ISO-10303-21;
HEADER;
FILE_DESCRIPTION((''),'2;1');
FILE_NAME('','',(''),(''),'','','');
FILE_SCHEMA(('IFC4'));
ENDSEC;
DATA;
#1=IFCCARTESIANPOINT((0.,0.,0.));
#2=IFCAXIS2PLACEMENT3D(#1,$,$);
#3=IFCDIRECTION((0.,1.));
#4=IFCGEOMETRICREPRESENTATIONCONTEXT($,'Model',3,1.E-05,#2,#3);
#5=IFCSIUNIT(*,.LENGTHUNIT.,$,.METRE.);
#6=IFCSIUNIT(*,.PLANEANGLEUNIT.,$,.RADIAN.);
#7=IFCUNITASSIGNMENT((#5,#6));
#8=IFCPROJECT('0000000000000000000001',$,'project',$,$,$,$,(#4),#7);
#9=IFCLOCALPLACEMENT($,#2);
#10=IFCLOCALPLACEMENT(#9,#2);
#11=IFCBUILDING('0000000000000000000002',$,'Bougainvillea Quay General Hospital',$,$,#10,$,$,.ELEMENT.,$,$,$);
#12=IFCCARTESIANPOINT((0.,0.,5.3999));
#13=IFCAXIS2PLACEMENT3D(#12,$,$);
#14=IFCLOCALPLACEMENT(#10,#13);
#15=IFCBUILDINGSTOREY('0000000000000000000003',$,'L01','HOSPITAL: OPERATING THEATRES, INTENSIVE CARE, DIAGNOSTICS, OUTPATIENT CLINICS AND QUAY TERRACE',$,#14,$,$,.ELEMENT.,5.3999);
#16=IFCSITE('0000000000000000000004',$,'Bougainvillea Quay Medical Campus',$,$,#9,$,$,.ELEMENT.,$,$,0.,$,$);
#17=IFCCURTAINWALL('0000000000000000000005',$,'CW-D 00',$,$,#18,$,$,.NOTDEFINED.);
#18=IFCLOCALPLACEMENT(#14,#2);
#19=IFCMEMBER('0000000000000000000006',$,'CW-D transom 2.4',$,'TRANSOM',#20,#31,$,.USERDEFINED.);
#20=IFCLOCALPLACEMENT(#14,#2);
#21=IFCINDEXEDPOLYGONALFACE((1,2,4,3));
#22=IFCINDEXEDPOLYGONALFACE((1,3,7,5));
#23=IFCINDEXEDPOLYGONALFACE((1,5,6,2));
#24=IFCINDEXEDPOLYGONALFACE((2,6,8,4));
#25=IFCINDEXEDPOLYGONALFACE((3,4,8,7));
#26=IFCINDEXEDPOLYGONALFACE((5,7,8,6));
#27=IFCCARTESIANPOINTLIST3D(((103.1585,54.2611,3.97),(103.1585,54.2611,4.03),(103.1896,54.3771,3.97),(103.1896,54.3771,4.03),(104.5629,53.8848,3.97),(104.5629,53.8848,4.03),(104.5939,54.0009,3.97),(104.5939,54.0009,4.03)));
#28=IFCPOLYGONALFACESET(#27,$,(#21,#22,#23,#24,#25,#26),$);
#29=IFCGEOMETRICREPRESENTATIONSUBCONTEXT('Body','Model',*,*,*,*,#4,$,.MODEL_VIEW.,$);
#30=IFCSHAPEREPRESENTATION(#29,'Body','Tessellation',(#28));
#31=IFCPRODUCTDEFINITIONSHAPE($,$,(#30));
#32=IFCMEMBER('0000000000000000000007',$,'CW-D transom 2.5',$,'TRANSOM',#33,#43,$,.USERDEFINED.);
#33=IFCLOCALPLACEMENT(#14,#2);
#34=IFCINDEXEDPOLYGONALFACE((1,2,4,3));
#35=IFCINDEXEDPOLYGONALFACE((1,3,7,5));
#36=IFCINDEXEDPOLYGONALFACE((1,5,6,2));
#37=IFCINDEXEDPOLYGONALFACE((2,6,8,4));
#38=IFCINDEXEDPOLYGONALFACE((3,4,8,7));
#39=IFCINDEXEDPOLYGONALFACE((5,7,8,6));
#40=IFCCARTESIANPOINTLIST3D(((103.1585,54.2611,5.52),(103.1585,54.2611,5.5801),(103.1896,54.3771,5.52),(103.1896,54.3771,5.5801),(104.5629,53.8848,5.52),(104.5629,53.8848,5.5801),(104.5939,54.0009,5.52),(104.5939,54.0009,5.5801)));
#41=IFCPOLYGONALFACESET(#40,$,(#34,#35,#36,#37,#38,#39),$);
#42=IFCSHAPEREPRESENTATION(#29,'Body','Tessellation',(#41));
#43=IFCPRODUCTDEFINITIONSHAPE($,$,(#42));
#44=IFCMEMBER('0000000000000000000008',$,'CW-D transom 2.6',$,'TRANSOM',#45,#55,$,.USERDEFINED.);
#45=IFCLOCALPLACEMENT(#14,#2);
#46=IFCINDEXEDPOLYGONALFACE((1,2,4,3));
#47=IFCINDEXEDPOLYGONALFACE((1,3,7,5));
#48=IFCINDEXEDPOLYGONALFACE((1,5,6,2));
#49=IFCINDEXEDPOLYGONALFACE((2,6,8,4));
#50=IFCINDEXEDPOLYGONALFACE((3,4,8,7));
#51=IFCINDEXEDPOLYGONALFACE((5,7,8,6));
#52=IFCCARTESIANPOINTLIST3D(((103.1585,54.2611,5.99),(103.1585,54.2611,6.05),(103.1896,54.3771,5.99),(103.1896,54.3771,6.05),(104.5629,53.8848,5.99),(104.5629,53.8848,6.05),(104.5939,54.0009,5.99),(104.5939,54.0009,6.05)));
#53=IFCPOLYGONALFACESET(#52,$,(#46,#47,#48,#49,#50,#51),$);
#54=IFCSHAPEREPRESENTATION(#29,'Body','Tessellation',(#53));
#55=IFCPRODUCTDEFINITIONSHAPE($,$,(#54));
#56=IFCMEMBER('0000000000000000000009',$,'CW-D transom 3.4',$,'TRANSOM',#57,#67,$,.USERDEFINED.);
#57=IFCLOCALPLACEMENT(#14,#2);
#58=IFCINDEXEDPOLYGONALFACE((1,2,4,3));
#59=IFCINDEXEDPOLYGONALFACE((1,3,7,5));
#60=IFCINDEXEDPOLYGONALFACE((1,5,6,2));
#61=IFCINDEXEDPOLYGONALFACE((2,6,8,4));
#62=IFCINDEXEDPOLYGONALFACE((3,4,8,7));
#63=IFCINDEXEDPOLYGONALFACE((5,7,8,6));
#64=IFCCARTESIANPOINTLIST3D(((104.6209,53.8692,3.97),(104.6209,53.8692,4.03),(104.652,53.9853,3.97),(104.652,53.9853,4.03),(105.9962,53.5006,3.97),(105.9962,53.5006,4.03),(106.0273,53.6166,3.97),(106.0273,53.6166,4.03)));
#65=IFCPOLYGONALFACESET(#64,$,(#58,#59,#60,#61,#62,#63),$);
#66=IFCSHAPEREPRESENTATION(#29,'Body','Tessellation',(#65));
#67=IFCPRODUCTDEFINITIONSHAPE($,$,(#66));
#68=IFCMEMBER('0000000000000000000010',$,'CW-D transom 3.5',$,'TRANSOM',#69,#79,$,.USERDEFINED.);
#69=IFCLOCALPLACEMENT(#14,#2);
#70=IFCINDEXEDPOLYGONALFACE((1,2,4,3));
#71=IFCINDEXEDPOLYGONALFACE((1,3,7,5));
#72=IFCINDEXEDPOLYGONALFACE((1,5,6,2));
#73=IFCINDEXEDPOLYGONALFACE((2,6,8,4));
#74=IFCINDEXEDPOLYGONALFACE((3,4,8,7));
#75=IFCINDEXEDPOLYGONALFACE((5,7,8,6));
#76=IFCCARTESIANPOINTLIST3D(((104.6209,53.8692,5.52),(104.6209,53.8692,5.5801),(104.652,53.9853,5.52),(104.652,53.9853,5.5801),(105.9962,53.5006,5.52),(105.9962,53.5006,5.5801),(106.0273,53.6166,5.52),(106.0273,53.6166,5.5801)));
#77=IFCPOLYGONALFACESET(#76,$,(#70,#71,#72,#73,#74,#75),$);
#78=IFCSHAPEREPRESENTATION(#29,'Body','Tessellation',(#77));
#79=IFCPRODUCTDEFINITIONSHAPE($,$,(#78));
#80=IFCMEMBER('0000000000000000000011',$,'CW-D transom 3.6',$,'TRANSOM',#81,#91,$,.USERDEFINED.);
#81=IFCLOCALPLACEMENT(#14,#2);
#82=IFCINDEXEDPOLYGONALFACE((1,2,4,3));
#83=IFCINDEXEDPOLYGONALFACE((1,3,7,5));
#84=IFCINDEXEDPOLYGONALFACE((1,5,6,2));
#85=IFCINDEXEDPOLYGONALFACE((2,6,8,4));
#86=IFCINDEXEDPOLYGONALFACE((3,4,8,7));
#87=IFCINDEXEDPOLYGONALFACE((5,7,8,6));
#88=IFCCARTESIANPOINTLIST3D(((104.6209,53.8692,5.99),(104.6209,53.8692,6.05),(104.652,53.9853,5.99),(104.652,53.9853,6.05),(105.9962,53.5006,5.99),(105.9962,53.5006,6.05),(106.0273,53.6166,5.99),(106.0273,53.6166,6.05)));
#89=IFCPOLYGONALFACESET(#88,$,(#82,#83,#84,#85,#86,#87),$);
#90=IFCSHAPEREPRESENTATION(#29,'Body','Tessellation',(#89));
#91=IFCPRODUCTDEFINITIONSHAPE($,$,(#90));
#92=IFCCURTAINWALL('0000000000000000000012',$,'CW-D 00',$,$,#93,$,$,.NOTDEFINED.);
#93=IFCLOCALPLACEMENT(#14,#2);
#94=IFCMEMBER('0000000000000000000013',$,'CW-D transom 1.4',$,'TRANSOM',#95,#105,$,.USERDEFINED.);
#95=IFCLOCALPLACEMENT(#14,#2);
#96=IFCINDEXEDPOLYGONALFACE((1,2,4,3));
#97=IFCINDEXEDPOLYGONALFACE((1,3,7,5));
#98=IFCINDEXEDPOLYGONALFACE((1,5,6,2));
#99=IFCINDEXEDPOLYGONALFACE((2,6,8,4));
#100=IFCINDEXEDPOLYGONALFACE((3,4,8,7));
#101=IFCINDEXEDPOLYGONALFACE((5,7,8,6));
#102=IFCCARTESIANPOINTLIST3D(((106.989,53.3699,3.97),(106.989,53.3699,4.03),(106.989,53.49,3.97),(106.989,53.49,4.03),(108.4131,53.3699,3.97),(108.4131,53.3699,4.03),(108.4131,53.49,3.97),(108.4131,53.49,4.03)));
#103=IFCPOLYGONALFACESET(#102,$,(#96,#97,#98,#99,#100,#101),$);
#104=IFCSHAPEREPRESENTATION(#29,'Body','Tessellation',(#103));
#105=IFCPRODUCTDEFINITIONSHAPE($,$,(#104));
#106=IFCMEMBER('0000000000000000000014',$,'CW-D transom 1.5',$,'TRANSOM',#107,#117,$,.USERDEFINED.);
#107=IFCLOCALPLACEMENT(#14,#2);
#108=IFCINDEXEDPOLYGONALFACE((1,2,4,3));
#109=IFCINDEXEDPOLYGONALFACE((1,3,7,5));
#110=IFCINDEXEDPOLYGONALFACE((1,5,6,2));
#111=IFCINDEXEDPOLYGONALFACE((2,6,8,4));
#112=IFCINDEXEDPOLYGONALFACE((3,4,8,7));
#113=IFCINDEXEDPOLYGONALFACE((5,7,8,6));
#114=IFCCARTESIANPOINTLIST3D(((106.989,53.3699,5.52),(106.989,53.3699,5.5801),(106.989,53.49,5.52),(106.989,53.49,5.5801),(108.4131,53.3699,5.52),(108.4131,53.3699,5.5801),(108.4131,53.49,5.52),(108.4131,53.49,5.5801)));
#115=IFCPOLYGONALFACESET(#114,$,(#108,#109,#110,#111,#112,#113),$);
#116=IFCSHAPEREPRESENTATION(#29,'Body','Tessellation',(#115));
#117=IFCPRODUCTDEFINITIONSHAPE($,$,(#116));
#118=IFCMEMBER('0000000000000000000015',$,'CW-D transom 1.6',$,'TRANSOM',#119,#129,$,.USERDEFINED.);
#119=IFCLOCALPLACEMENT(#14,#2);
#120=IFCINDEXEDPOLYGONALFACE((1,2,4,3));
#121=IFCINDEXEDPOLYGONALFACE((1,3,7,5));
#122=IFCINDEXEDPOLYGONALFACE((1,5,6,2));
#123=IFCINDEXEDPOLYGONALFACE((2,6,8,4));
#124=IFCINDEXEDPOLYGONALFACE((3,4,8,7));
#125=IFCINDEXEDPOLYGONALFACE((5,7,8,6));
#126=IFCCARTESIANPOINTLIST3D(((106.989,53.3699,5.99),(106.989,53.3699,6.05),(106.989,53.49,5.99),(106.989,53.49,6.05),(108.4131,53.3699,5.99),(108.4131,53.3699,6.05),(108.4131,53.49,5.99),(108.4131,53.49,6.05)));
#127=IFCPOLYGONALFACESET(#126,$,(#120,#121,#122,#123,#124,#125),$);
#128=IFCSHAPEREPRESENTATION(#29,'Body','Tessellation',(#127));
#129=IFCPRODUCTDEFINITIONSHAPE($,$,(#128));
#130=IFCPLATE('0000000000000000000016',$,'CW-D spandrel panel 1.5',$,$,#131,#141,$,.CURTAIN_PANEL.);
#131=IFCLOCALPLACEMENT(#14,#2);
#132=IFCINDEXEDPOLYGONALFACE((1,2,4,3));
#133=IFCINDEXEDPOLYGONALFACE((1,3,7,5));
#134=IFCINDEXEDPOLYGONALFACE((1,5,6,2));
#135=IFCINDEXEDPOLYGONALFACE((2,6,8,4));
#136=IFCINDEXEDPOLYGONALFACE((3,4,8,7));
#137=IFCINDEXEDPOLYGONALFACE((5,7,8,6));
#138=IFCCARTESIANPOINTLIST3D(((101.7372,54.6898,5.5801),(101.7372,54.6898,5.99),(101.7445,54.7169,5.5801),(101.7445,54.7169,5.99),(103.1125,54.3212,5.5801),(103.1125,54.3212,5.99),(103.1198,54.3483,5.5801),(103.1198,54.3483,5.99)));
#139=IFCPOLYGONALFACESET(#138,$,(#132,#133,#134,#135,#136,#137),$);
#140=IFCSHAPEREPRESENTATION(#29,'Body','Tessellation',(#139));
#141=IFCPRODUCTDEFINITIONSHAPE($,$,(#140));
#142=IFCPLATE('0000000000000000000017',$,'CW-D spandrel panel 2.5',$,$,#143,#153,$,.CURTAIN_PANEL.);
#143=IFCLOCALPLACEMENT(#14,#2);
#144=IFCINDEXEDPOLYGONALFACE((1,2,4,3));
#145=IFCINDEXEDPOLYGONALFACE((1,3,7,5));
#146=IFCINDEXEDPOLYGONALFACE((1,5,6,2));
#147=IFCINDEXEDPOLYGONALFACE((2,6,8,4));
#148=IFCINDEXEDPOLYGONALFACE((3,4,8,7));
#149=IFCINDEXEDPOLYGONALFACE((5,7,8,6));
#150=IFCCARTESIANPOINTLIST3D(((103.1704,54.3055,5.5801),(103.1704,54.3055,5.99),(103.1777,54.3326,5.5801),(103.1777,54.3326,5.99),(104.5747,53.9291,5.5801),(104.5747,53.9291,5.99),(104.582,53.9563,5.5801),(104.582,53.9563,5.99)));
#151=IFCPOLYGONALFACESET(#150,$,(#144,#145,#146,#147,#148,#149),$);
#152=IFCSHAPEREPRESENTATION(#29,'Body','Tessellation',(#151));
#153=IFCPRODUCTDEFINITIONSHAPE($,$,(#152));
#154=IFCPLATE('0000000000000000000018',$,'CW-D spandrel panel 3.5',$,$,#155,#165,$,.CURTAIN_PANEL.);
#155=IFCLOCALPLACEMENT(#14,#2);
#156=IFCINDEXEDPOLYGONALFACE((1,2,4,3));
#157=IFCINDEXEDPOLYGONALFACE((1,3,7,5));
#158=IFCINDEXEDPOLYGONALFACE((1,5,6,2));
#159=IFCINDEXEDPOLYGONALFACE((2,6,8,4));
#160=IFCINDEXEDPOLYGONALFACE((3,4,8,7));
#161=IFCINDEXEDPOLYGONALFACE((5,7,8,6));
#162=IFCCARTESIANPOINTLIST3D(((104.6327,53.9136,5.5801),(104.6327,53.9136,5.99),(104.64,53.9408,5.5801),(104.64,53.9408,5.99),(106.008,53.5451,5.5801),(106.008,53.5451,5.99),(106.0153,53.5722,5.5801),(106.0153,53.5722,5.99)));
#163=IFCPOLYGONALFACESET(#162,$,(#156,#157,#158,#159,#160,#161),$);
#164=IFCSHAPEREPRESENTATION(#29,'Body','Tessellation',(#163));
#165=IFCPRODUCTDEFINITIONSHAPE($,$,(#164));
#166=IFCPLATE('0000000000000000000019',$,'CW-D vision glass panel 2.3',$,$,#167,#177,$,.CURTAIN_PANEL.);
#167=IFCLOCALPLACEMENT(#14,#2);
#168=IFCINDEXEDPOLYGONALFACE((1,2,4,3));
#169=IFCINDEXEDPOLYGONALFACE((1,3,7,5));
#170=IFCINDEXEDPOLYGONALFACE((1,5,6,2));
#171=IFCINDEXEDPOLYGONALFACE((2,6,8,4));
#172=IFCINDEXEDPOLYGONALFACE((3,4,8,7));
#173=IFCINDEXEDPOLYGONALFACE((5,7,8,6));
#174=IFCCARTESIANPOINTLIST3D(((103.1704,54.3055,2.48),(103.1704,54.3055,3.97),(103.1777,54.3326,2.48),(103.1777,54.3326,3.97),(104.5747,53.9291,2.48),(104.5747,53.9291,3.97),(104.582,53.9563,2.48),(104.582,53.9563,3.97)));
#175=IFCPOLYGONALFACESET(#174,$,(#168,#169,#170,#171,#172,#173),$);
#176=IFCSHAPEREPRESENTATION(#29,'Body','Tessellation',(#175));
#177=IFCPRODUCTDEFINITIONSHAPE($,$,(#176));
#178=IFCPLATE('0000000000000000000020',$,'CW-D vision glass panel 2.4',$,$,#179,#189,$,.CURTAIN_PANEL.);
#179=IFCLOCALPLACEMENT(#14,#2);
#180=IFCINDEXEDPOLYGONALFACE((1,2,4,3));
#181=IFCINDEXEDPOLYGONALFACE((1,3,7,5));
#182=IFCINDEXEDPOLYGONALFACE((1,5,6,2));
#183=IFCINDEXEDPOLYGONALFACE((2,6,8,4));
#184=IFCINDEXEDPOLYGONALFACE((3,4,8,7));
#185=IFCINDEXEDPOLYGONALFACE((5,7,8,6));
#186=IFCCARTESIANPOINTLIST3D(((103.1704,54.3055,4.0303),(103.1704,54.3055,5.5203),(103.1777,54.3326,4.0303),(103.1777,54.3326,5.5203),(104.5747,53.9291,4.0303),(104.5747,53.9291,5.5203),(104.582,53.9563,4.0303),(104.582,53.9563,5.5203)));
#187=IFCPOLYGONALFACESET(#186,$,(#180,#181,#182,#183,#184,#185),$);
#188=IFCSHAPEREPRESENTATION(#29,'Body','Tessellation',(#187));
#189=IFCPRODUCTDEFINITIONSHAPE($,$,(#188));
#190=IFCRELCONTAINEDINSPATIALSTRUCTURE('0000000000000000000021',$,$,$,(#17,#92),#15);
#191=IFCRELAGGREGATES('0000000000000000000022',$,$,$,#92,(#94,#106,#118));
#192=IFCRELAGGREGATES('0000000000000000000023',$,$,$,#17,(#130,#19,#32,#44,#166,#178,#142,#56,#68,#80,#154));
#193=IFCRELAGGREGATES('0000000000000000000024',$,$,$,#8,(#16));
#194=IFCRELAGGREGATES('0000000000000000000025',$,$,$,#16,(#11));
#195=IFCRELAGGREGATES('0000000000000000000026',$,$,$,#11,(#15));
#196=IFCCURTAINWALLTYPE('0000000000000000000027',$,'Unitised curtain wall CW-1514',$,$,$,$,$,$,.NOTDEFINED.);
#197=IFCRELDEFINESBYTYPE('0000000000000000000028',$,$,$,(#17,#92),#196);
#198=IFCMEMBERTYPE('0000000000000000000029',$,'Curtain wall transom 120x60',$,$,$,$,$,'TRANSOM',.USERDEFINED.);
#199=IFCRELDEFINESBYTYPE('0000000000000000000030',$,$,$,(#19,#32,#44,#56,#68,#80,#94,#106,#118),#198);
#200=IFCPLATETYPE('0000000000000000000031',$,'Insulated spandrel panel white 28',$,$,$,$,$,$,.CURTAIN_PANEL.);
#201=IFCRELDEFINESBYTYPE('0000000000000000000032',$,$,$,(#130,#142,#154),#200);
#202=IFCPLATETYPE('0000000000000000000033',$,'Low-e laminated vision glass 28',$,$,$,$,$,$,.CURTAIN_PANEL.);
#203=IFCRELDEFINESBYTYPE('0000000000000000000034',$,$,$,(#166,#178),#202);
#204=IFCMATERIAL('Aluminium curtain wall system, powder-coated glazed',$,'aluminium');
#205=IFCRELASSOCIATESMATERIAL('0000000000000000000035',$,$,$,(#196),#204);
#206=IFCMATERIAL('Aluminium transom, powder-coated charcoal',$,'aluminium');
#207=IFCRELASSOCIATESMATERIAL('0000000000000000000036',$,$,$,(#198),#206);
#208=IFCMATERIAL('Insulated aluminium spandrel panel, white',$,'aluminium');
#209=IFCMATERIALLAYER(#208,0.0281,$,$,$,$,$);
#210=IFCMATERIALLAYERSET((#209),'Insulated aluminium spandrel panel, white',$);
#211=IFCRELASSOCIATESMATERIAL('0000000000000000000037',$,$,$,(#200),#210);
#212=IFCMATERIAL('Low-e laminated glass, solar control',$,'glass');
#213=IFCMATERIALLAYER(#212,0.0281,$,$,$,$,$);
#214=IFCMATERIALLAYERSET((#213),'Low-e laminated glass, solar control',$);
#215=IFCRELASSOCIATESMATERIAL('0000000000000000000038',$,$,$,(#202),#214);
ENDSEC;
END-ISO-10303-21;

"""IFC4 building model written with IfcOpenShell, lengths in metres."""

from ifc_helpers import new_model, si_unit, direction, frame, origin, origin_2d, place, context, subcontext, project, spatial, rectangle, extrude, material, layer, layer_set, material_profile, profile_set, type_object, element, aggregate, save


model = new_model("IFC4")

# Units and contexts
model_context = context("Model", 3, precision=1e-05, world=origin(), true_north=direction((0.0, 1.0)))
body_context = subcontext(model_context, "Body", "Model", "MODEL_VIEW")
ifc_project = project(units=[si_unit("LENGTHUNIT", "METRE"), si_unit("PLANEANGLEUNIT", "RADIAN")], contexts=[model_context])

# Site, building, storey
site_placement = place(None, origin())
site = spatial("IfcSite", under=ifc_project, at=site_placement, Name="Bougainvillea Quay Medical Campus", CompositionType="ELEMENT", RefElevation=0.0)
building_placement = place(site_placement, origin())
building = spatial("IfcBuilding", under=site, at=building_placement, Name="Bougainvillea Quay General Hospital", CompositionType="ELEMENT")
storey_placement = place(building_placement, frame((0.0, 0.0, 5.3999)))
storey = spatial("IfcBuildingStorey", under=building, at=storey_placement, Name="L01", Description="HOSPITAL: OPERATING THEATRES, INTENSIVE CARE, DIAGNOSTICS, OUTPATIENT CLINICS AND QUAY TERRACE", CompositionType="ELEMENT", Elevation=5.3999)

# Curtain walls, members
ifc_material_1 = material(Name="Aluminium curtain wall system, powder-coated glazed", Category="aluminium")
curtain_wall_type = type_object("IfcCurtainWallType", Name="Unitised curtain wall CW-1514", PredefinedType="NOTDEFINED", material=ifc_material_1)
curtain_wall_1_placement = place(storey_placement, origin())
curtain_wall_1 = element("IfcCurtainWall", 1, at=curtain_wall_1_placement, inside=storey, type_object=curtain_wall_type, Name="CW-D 00", PredefinedType="NOTDEFINED")
ifc_material_2 = material(Name="Aluminium transom, powder-coated charcoal", Category="aluminium")
ifc_material_profile_1 = material_profile(ifc_material_2, rectangle(XDim=0.1201, YDim=0.0601, at=origin_2d()))
ifc_profile_set_1 = profile_set([ifc_material_profile_1], Name="Aluminium transom, powder-coated charcoal")
member_type = type_object("IfcMemberType", Name="Curtain wall transom 120x60", ElementType="TRANSOM", PredefinedType="USERDEFINED", material=ifc_profile_set_1)
member_1_placement = place(storey_placement, frame((103.1741, 54.3191, 4.0), z_axis=(0.965936, -0.258781, 0.0), x_axis=(0.258781, 0.965936, 0.0)))
member_1 = element("IfcMember", 2, at=member_1_placement, type_object=member_type, Name="CW-D transom 2.4", ObjectType="TRANSOM", PredefinedType="USERDEFINED", context=body_context, shape_type="SweptSolid", body=[
    extrude(rectangle(XDim=0.1201, YDim=0.0601, at=origin_2d()), origin(), (0.0, 0.0, 1.0), 1.4539),
])
member_2_placement = place(storey_placement, frame((103.1741, 54.3191, 5.55), z_axis=(0.965936, -0.258781, 0.0), x_axis=(0.258781, 0.965936, 0.0)))
member_2 = element("IfcMember", 3, at=member_2_placement, type_object=member_type, Name="CW-D transom 2.5", ObjectType="TRANSOM", PredefinedType="USERDEFINED", context=body_context, shape_type="SweptSolid", body=[
    extrude(rectangle(XDim=0.1201, YDim=0.0601, at=origin_2d()), origin(), (0.0, 0.0, 1.0), 1.4539),
])
member_3_placement = place(storey_placement, frame((103.1741, 54.3191, 6.02), z_axis=(0.965936, -0.258781, 0.0), x_axis=(0.258781, 0.965936, 0.0)))
member_3 = element("IfcMember", 4, at=member_3_placement, type_object=member_type, Name="CW-D transom 2.6", ObjectType="TRANSOM", PredefinedType="USERDEFINED", context=body_context, shape_type="SweptSolid", body=[
    extrude(rectangle(XDim=0.1201, YDim=0.0601, at=origin_2d()), origin(), (0.0, 0.0, 1.0), 1.4539),
])
member_4_placement = place(storey_placement, frame((104.6365, 53.9272, 4.0), z_axis=(0.965898, -0.258922, 0.0), x_axis=(0.258922, 0.965898, 0.0)))
member_4 = element("IfcMember", 5, at=member_4_placement, type_object=member_type, Name="CW-D transom 3.4", ObjectType="TRANSOM", PredefinedType="USERDEFINED", context=body_context, shape_type="SweptSolid", body=[
    extrude(rectangle(XDim=0.1201, YDim=0.0601, at=origin_2d()), origin(), (0.0, 0.0, 1.0), 1.4238),
])
member_5_placement = place(storey_placement, frame((104.6365, 53.9272, 5.55), z_axis=(0.965898, -0.258922, 0.0), x_axis=(0.258922, 0.965898, 0.0)))
member_5 = element("IfcMember", 6, at=member_5_placement, type_object=member_type, Name="CW-D transom 3.5", ObjectType="TRANSOM", PredefinedType="USERDEFINED", context=body_context, shape_type="SweptSolid", body=[
    extrude(rectangle(XDim=0.1201, YDim=0.0601, at=origin_2d()), origin(), (0.0, 0.0, 1.0), 1.4238),
])
member_6_placement = place(storey_placement, frame((104.6365, 53.9272, 6.02), z_axis=(0.965898, -0.258922, 0.0), x_axis=(0.258922, 0.965898, 0.0)))
member_6 = element("IfcMember", 7, at=member_6_placement, type_object=member_type, Name="CW-D transom 3.6", ObjectType="TRANSOM", PredefinedType="USERDEFINED", context=body_context, shape_type="SweptSolid", body=[
    extrude(rectangle(XDim=0.1201, YDim=0.0601, at=origin_2d()), origin(), (0.0, 0.0, 1.0), 1.4238),
])
curtain_wall_2_placement = place(storey_placement, origin())
curtain_wall_2 = element("IfcCurtainWall", 8, at=curtain_wall_2_placement, inside=storey, type_object=curtain_wall_type, Name="CW-D 00", PredefinedType="NOTDEFINED")
member_7_placement = place(storey_placement, frame((106.989, 53.4299, 4.0), z_axis=(1.0, 0.0, 0.0), x_axis=(0.0, 1.0, 0.0)))
member_7 = element("IfcMember", 9, at=member_7_placement, type_object=member_type, Name="CW-D transom 1.4", ObjectType="TRANSOM", PredefinedType="USERDEFINED", context=body_context, shape_type="SweptSolid", body=[
    extrude(rectangle(XDim=0.1201, YDim=0.0601, at=origin_2d()), origin(), (0.0, 0.0, 1.0), 1.4241),
])
member_8_placement = place(storey_placement, frame((106.989, 53.4299, 5.55), z_axis=(1.0, 0.0, 0.0), x_axis=(0.0, 1.0, 0.0)))
member_8 = element("IfcMember", 10, at=member_8_placement, type_object=member_type, Name="CW-D transom 1.5", ObjectType="TRANSOM", PredefinedType="USERDEFINED", context=body_context, shape_type="SweptSolid", body=[
    extrude(rectangle(XDim=0.1201, YDim=0.0601, at=origin_2d()), origin(), (0.0, 0.0, 1.0), 1.4241),
])
member_9_placement = place(storey_placement, frame((106.989, 53.4299, 6.02), z_axis=(1.0, 0.0, 0.0), x_axis=(0.0, 1.0, 0.0)))
member_9 = element("IfcMember", 11, at=member_9_placement, type_object=member_type, Name="CW-D transom 1.6", ObjectType="TRANSOM", PredefinedType="USERDEFINED", context=body_context, shape_type="SweptSolid", body=[
    extrude(rectangle(XDim=0.1201, YDim=0.0601, at=origin_2d()), origin(), (0.0, 0.0, 1.0), 1.4241),
])
aggregate(curtain_wall_2, [member_7, member_8, member_9])

# Plates
ifc_material_3 = material(Name="Insulated aluminium spandrel panel, white", Category="aluminium")
ifc_layer_1 = layer(ifc_material_3, 0.0281)
ifc_layer_set_1 = layer_set([ifc_layer_1], Name="Insulated aluminium spandrel panel, white")
plate_type_1 = type_object("IfcPlateType", Name="Insulated spandrel panel white 28", PredefinedType="CURTAIN_PANEL", material=ifc_layer_set_1)
plate_1_placement = place(storey_placement, frame((102.4285, 54.519, 5.5801), z_axis=(0.0, 0.0, 1.0), x_axis=(0.965916, -0.258855, 0.0)))
plate_1 = element("IfcPlate", 12, at=plate_1_placement, type_object=plate_type_1, Name="CW-D spandrel panel 1.5", PredefinedType="CURTAIN_PANEL", context=body_context, shape_type="SweptSolid", body=[
    extrude(rectangle(XDim=1.4238, YDim=0.0281, at=origin_2d()), origin(), (0.0, 0.0, 1.0), 0.4099),
])
plate_2_placement = place(storey_placement, frame((103.8762, 54.1309, 5.5801), z_axis=(0.0, 0.0, 1.0), x_axis=(0.965916, -0.258855, 0.0)))
plate_2 = element("IfcPlate", 13, at=plate_2_placement, type_object=plate_type_1, Name="CW-D spandrel panel 2.5", PredefinedType="CURTAIN_PANEL", context=body_context, shape_type="SweptSolid", body=[
    extrude(rectangle(XDim=1.4539, YDim=0.0281, at=origin_2d()), origin(), (0.0, 0.0, 1.0), 0.4099),
])
plate_3_placement = place(storey_placement, frame((105.324, 53.7429, 5.5801), z_axis=(0.0, 0.0, 1.0), x_axis=(0.965916, -0.258855, 0.0)))
plate_3 = element("IfcPlate", 14, at=plate_3_placement, type_object=plate_type_1, Name="CW-D spandrel panel 3.5", PredefinedType="CURTAIN_PANEL", context=body_context, shape_type="SweptSolid", body=[
    extrude(rectangle(XDim=1.4238, YDim=0.0281, at=origin_2d()), origin(), (0.0, 0.0, 1.0), 0.4099),
])
ifc_material_4 = material(Name="Low-e laminated glass, solar control", Category="glass")
ifc_layer_2 = layer(ifc_material_4, 0.0281)
ifc_layer_set_2 = layer_set([ifc_layer_2], Name="Low-e laminated glass, solar control")
plate_type_2 = type_object("IfcPlateType", Name="Low-e laminated vision glass 28", PredefinedType="CURTAIN_PANEL", material=ifc_layer_set_2)
plate_4_placement = place(storey_placement, frame((103.8762, 54.1309, 2.48), z_axis=(0.0, 0.0, 1.0), x_axis=(0.965916, -0.258855, 0.0)))
plate_4 = element("IfcPlate", 15, at=plate_4_placement, type_object=plate_type_2, Name="CW-D vision glass panel 2.3", PredefinedType="CURTAIN_PANEL", context=body_context, shape_type="SweptSolid", body=[
    extrude(rectangle(XDim=1.4539, YDim=0.0281, at=origin_2d()), origin(), (0.0, 0.0, 1.0), 1.49),
])
plate_5_placement = place(storey_placement, frame((103.8762, 54.1309, 4.0303), z_axis=(0.0, 0.0, 1.0), x_axis=(0.965916, -0.258855, 0.0)))
plate_5 = element("IfcPlate", 16, at=plate_5_placement, type_object=plate_type_2, Name="CW-D vision glass panel 2.4", PredefinedType="CURTAIN_PANEL", context=body_context, shape_type="SweptSolid", body=[
    extrude(rectangle(XDim=1.4539, YDim=0.0281, at=origin_2d()), origin(), (0.0, 0.0, 1.0), 1.49),
])
aggregate(curtain_wall_1, [plate_1, member_1, member_2, member_3, plate_4, plate_5, plate_2, member_4, member_5, member_6, plate_3])

save(model, "model.ifc")
